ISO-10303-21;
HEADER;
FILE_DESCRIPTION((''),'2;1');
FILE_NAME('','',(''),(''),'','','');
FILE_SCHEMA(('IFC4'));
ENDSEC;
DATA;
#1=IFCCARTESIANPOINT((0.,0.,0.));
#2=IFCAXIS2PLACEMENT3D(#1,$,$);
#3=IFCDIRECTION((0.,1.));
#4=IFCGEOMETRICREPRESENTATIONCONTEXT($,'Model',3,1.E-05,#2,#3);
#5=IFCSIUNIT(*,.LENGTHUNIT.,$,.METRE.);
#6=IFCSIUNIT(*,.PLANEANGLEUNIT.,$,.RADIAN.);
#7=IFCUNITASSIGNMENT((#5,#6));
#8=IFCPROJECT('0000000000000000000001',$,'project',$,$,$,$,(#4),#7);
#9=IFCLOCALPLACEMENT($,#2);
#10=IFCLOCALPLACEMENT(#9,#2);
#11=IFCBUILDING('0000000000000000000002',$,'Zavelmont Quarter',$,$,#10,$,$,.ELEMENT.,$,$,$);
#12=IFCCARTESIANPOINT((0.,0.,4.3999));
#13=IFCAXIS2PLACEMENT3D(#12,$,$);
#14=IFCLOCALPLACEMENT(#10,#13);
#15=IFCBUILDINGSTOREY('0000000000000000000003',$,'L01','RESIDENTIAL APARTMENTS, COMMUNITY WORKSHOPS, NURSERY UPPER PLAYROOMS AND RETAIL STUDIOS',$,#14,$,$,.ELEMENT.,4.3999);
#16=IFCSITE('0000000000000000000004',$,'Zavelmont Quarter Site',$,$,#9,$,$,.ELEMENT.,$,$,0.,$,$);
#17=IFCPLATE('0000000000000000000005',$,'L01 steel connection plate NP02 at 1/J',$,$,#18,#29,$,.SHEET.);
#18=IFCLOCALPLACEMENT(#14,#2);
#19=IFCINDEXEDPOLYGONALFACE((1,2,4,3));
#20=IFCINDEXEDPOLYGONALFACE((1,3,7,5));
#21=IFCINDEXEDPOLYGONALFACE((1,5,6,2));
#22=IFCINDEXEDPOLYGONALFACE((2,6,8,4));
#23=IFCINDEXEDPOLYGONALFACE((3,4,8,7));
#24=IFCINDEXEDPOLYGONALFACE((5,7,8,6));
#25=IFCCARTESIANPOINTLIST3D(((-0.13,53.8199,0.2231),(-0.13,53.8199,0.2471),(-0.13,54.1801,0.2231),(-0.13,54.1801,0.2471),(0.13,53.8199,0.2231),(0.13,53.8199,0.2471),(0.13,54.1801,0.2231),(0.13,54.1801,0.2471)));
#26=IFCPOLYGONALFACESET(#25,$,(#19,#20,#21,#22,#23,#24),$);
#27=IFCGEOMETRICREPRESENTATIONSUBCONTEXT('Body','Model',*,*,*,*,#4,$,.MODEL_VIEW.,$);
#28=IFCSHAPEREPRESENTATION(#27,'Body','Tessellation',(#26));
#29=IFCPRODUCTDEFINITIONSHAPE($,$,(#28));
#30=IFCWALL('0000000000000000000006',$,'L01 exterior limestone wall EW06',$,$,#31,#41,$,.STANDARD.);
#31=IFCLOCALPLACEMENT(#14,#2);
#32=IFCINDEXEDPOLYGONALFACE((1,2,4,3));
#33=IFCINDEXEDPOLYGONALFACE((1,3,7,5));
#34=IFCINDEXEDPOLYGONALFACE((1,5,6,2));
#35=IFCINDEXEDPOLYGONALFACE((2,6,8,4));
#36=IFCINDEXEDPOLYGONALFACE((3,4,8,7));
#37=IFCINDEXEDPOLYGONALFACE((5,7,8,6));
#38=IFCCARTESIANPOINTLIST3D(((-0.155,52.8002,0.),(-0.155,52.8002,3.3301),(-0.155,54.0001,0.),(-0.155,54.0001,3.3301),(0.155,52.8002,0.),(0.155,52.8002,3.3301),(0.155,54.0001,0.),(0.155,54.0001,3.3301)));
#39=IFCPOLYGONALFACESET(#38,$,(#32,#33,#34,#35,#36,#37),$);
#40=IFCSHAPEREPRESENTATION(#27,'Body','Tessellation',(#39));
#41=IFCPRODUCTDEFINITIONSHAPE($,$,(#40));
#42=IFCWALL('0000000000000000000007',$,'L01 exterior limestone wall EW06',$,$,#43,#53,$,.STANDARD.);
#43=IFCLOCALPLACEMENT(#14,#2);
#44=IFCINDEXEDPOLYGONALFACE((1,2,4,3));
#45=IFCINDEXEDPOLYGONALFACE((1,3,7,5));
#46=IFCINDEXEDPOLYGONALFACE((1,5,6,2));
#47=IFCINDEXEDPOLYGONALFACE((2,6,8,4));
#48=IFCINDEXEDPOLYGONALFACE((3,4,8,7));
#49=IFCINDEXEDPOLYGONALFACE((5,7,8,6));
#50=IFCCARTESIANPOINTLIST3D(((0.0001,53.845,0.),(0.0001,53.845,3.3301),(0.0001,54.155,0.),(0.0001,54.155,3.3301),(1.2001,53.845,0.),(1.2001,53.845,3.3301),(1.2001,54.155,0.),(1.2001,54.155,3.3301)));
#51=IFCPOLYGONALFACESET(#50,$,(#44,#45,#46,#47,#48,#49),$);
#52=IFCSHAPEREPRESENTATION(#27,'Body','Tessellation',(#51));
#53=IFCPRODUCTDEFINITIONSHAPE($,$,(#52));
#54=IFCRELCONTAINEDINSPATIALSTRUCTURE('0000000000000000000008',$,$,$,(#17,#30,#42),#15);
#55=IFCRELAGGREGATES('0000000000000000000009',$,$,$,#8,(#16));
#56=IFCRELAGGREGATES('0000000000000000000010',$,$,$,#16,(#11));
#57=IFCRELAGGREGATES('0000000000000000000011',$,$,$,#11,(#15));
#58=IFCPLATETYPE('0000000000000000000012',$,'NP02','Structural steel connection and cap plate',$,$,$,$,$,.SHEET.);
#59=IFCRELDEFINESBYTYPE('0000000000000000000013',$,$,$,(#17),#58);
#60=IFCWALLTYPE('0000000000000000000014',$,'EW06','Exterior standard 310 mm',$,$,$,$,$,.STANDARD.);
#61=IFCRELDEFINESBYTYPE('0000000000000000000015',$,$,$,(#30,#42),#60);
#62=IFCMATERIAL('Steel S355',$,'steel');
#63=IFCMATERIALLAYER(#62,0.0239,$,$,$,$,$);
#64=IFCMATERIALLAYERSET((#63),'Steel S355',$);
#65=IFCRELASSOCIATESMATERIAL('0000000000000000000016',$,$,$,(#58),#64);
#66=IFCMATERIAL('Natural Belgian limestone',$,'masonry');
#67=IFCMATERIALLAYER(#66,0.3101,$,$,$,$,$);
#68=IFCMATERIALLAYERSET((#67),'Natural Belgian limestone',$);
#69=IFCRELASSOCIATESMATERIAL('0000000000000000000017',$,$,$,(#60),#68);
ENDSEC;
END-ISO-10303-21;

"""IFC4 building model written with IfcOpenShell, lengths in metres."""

from ifc_helpers import new_model, si_unit, direction, frame, frame_2d, origin, origin_2d, place, context, subcontext, project, spatial, rectangle, extrude, material, layer, layer_set, type_object, element, save


model = new_model("IFC4")

# Units and contexts
model_context = context("Model", 3, precision=1e-05, world=origin(), true_north=direction((0.0, 1.0)))
body_context = subcontext(model_context, "Body", "Model", "MODEL_VIEW")
ifc_project = project(units=[si_unit("LENGTHUNIT", "METRE"), si_unit("PLANEANGLEUNIT", "RADIAN")], contexts=[model_context])

# Site, building, storey
site_placement = place(None, origin())
site = spatial("IfcSite", under=ifc_project, at=site_placement, Name="Zavelmont Quarter Site", CompositionType="ELEMENT", RefElevation=0.0)
building_placement = place(site_placement, origin())
building = spatial("IfcBuilding", under=site, at=building_placement, Name="Zavelmont Quarter", CompositionType="ELEMENT")
storey_placement = place(building_placement, frame((0.0, 0.0, 4.3999)))
storey = spatial("IfcBuildingStorey", under=building, at=storey_placement, Name="L01", Description="RESIDENTIAL APARTMENTS, COMMUNITY WORKSHOPS, NURSERY UPPER PLAYROOMS AND RETAIL STUDIOS", CompositionType="ELEMENT", Elevation=4.3999)

# Shared definitions
ifc_material_1 = material(Name="Steel S355", Category="steel")

# Plate
ifc_layer_1 = layer(ifc_material_1, 0.0239)
ifc_layer_set_1 = layer_set([ifc_layer_1], Name="Steel S355")
plate_type_1 = type_object("IfcPlateType", Name="NP02", Description="Structural steel connection and cap plate", PredefinedType="SHEET", material=ifc_layer_set_1)
plate_1_placement = place(storey_placement, frame((0.0, 54.0, 0.2231), z_axis=(0.0, 0.0, 1.0), x_axis=(0.0, 1.0, 0.0)))
element("IfcPlate", 1, at=plate_1_placement, inside=storey, type_object=plate_type_1, Name="L01 steel connection plate NP02 at 1/J", PredefinedType="SHEET", context=body_context, shape_type="SweptSolid", body=[
    extrude(rectangle(XDim=0.3601, YDim=0.26, at=origin_2d()), origin(), (0.0, 0.0, 1.0), 0.0239),
])

# Walls
ifc_material_2 = material(Name="Natural Belgian limestone", Category="masonry")
ifc_layer_2 = layer(ifc_material_2, 0.3101)
ifc_layer_set_2 = layer_set([ifc_layer_2], Name="Natural Belgian limestone")
wall_type = type_object("IfcWallType", Name="EW06", Description="Exterior standard 310 mm", PredefinedType="STANDARD", material=ifc_layer_set_2)
for number, where, z_axis, x_axis, name in (
    (2, (0.0, 52.8, 0.0), (0.0, 0.0, 1.0), (0.0, 1.0, 0.0), "L01 exterior limestone wall EW06"),
    (3, (0.0, 54.0, 0.0), (0.0, 0.0, 1.0), (1.0, 0.0, 0.0), "L01 exterior limestone wall EW06"),
):
    element("IfcWall", number, at=place(storey_placement, frame(where, z_axis=z_axis, x_axis=x_axis)), inside=storey, type_object=wall_type, Name=name, PredefinedType="STANDARD", context=body_context, shape_type="SweptSolid", body=[
        extrude(rectangle(XDim=1.2, YDim=0.3101, at=frame_2d((0.6001, 0.0))), origin(), (0.0, 0.0, 1.0), 3.3301),
    ])

save(model, "model.ifc")
